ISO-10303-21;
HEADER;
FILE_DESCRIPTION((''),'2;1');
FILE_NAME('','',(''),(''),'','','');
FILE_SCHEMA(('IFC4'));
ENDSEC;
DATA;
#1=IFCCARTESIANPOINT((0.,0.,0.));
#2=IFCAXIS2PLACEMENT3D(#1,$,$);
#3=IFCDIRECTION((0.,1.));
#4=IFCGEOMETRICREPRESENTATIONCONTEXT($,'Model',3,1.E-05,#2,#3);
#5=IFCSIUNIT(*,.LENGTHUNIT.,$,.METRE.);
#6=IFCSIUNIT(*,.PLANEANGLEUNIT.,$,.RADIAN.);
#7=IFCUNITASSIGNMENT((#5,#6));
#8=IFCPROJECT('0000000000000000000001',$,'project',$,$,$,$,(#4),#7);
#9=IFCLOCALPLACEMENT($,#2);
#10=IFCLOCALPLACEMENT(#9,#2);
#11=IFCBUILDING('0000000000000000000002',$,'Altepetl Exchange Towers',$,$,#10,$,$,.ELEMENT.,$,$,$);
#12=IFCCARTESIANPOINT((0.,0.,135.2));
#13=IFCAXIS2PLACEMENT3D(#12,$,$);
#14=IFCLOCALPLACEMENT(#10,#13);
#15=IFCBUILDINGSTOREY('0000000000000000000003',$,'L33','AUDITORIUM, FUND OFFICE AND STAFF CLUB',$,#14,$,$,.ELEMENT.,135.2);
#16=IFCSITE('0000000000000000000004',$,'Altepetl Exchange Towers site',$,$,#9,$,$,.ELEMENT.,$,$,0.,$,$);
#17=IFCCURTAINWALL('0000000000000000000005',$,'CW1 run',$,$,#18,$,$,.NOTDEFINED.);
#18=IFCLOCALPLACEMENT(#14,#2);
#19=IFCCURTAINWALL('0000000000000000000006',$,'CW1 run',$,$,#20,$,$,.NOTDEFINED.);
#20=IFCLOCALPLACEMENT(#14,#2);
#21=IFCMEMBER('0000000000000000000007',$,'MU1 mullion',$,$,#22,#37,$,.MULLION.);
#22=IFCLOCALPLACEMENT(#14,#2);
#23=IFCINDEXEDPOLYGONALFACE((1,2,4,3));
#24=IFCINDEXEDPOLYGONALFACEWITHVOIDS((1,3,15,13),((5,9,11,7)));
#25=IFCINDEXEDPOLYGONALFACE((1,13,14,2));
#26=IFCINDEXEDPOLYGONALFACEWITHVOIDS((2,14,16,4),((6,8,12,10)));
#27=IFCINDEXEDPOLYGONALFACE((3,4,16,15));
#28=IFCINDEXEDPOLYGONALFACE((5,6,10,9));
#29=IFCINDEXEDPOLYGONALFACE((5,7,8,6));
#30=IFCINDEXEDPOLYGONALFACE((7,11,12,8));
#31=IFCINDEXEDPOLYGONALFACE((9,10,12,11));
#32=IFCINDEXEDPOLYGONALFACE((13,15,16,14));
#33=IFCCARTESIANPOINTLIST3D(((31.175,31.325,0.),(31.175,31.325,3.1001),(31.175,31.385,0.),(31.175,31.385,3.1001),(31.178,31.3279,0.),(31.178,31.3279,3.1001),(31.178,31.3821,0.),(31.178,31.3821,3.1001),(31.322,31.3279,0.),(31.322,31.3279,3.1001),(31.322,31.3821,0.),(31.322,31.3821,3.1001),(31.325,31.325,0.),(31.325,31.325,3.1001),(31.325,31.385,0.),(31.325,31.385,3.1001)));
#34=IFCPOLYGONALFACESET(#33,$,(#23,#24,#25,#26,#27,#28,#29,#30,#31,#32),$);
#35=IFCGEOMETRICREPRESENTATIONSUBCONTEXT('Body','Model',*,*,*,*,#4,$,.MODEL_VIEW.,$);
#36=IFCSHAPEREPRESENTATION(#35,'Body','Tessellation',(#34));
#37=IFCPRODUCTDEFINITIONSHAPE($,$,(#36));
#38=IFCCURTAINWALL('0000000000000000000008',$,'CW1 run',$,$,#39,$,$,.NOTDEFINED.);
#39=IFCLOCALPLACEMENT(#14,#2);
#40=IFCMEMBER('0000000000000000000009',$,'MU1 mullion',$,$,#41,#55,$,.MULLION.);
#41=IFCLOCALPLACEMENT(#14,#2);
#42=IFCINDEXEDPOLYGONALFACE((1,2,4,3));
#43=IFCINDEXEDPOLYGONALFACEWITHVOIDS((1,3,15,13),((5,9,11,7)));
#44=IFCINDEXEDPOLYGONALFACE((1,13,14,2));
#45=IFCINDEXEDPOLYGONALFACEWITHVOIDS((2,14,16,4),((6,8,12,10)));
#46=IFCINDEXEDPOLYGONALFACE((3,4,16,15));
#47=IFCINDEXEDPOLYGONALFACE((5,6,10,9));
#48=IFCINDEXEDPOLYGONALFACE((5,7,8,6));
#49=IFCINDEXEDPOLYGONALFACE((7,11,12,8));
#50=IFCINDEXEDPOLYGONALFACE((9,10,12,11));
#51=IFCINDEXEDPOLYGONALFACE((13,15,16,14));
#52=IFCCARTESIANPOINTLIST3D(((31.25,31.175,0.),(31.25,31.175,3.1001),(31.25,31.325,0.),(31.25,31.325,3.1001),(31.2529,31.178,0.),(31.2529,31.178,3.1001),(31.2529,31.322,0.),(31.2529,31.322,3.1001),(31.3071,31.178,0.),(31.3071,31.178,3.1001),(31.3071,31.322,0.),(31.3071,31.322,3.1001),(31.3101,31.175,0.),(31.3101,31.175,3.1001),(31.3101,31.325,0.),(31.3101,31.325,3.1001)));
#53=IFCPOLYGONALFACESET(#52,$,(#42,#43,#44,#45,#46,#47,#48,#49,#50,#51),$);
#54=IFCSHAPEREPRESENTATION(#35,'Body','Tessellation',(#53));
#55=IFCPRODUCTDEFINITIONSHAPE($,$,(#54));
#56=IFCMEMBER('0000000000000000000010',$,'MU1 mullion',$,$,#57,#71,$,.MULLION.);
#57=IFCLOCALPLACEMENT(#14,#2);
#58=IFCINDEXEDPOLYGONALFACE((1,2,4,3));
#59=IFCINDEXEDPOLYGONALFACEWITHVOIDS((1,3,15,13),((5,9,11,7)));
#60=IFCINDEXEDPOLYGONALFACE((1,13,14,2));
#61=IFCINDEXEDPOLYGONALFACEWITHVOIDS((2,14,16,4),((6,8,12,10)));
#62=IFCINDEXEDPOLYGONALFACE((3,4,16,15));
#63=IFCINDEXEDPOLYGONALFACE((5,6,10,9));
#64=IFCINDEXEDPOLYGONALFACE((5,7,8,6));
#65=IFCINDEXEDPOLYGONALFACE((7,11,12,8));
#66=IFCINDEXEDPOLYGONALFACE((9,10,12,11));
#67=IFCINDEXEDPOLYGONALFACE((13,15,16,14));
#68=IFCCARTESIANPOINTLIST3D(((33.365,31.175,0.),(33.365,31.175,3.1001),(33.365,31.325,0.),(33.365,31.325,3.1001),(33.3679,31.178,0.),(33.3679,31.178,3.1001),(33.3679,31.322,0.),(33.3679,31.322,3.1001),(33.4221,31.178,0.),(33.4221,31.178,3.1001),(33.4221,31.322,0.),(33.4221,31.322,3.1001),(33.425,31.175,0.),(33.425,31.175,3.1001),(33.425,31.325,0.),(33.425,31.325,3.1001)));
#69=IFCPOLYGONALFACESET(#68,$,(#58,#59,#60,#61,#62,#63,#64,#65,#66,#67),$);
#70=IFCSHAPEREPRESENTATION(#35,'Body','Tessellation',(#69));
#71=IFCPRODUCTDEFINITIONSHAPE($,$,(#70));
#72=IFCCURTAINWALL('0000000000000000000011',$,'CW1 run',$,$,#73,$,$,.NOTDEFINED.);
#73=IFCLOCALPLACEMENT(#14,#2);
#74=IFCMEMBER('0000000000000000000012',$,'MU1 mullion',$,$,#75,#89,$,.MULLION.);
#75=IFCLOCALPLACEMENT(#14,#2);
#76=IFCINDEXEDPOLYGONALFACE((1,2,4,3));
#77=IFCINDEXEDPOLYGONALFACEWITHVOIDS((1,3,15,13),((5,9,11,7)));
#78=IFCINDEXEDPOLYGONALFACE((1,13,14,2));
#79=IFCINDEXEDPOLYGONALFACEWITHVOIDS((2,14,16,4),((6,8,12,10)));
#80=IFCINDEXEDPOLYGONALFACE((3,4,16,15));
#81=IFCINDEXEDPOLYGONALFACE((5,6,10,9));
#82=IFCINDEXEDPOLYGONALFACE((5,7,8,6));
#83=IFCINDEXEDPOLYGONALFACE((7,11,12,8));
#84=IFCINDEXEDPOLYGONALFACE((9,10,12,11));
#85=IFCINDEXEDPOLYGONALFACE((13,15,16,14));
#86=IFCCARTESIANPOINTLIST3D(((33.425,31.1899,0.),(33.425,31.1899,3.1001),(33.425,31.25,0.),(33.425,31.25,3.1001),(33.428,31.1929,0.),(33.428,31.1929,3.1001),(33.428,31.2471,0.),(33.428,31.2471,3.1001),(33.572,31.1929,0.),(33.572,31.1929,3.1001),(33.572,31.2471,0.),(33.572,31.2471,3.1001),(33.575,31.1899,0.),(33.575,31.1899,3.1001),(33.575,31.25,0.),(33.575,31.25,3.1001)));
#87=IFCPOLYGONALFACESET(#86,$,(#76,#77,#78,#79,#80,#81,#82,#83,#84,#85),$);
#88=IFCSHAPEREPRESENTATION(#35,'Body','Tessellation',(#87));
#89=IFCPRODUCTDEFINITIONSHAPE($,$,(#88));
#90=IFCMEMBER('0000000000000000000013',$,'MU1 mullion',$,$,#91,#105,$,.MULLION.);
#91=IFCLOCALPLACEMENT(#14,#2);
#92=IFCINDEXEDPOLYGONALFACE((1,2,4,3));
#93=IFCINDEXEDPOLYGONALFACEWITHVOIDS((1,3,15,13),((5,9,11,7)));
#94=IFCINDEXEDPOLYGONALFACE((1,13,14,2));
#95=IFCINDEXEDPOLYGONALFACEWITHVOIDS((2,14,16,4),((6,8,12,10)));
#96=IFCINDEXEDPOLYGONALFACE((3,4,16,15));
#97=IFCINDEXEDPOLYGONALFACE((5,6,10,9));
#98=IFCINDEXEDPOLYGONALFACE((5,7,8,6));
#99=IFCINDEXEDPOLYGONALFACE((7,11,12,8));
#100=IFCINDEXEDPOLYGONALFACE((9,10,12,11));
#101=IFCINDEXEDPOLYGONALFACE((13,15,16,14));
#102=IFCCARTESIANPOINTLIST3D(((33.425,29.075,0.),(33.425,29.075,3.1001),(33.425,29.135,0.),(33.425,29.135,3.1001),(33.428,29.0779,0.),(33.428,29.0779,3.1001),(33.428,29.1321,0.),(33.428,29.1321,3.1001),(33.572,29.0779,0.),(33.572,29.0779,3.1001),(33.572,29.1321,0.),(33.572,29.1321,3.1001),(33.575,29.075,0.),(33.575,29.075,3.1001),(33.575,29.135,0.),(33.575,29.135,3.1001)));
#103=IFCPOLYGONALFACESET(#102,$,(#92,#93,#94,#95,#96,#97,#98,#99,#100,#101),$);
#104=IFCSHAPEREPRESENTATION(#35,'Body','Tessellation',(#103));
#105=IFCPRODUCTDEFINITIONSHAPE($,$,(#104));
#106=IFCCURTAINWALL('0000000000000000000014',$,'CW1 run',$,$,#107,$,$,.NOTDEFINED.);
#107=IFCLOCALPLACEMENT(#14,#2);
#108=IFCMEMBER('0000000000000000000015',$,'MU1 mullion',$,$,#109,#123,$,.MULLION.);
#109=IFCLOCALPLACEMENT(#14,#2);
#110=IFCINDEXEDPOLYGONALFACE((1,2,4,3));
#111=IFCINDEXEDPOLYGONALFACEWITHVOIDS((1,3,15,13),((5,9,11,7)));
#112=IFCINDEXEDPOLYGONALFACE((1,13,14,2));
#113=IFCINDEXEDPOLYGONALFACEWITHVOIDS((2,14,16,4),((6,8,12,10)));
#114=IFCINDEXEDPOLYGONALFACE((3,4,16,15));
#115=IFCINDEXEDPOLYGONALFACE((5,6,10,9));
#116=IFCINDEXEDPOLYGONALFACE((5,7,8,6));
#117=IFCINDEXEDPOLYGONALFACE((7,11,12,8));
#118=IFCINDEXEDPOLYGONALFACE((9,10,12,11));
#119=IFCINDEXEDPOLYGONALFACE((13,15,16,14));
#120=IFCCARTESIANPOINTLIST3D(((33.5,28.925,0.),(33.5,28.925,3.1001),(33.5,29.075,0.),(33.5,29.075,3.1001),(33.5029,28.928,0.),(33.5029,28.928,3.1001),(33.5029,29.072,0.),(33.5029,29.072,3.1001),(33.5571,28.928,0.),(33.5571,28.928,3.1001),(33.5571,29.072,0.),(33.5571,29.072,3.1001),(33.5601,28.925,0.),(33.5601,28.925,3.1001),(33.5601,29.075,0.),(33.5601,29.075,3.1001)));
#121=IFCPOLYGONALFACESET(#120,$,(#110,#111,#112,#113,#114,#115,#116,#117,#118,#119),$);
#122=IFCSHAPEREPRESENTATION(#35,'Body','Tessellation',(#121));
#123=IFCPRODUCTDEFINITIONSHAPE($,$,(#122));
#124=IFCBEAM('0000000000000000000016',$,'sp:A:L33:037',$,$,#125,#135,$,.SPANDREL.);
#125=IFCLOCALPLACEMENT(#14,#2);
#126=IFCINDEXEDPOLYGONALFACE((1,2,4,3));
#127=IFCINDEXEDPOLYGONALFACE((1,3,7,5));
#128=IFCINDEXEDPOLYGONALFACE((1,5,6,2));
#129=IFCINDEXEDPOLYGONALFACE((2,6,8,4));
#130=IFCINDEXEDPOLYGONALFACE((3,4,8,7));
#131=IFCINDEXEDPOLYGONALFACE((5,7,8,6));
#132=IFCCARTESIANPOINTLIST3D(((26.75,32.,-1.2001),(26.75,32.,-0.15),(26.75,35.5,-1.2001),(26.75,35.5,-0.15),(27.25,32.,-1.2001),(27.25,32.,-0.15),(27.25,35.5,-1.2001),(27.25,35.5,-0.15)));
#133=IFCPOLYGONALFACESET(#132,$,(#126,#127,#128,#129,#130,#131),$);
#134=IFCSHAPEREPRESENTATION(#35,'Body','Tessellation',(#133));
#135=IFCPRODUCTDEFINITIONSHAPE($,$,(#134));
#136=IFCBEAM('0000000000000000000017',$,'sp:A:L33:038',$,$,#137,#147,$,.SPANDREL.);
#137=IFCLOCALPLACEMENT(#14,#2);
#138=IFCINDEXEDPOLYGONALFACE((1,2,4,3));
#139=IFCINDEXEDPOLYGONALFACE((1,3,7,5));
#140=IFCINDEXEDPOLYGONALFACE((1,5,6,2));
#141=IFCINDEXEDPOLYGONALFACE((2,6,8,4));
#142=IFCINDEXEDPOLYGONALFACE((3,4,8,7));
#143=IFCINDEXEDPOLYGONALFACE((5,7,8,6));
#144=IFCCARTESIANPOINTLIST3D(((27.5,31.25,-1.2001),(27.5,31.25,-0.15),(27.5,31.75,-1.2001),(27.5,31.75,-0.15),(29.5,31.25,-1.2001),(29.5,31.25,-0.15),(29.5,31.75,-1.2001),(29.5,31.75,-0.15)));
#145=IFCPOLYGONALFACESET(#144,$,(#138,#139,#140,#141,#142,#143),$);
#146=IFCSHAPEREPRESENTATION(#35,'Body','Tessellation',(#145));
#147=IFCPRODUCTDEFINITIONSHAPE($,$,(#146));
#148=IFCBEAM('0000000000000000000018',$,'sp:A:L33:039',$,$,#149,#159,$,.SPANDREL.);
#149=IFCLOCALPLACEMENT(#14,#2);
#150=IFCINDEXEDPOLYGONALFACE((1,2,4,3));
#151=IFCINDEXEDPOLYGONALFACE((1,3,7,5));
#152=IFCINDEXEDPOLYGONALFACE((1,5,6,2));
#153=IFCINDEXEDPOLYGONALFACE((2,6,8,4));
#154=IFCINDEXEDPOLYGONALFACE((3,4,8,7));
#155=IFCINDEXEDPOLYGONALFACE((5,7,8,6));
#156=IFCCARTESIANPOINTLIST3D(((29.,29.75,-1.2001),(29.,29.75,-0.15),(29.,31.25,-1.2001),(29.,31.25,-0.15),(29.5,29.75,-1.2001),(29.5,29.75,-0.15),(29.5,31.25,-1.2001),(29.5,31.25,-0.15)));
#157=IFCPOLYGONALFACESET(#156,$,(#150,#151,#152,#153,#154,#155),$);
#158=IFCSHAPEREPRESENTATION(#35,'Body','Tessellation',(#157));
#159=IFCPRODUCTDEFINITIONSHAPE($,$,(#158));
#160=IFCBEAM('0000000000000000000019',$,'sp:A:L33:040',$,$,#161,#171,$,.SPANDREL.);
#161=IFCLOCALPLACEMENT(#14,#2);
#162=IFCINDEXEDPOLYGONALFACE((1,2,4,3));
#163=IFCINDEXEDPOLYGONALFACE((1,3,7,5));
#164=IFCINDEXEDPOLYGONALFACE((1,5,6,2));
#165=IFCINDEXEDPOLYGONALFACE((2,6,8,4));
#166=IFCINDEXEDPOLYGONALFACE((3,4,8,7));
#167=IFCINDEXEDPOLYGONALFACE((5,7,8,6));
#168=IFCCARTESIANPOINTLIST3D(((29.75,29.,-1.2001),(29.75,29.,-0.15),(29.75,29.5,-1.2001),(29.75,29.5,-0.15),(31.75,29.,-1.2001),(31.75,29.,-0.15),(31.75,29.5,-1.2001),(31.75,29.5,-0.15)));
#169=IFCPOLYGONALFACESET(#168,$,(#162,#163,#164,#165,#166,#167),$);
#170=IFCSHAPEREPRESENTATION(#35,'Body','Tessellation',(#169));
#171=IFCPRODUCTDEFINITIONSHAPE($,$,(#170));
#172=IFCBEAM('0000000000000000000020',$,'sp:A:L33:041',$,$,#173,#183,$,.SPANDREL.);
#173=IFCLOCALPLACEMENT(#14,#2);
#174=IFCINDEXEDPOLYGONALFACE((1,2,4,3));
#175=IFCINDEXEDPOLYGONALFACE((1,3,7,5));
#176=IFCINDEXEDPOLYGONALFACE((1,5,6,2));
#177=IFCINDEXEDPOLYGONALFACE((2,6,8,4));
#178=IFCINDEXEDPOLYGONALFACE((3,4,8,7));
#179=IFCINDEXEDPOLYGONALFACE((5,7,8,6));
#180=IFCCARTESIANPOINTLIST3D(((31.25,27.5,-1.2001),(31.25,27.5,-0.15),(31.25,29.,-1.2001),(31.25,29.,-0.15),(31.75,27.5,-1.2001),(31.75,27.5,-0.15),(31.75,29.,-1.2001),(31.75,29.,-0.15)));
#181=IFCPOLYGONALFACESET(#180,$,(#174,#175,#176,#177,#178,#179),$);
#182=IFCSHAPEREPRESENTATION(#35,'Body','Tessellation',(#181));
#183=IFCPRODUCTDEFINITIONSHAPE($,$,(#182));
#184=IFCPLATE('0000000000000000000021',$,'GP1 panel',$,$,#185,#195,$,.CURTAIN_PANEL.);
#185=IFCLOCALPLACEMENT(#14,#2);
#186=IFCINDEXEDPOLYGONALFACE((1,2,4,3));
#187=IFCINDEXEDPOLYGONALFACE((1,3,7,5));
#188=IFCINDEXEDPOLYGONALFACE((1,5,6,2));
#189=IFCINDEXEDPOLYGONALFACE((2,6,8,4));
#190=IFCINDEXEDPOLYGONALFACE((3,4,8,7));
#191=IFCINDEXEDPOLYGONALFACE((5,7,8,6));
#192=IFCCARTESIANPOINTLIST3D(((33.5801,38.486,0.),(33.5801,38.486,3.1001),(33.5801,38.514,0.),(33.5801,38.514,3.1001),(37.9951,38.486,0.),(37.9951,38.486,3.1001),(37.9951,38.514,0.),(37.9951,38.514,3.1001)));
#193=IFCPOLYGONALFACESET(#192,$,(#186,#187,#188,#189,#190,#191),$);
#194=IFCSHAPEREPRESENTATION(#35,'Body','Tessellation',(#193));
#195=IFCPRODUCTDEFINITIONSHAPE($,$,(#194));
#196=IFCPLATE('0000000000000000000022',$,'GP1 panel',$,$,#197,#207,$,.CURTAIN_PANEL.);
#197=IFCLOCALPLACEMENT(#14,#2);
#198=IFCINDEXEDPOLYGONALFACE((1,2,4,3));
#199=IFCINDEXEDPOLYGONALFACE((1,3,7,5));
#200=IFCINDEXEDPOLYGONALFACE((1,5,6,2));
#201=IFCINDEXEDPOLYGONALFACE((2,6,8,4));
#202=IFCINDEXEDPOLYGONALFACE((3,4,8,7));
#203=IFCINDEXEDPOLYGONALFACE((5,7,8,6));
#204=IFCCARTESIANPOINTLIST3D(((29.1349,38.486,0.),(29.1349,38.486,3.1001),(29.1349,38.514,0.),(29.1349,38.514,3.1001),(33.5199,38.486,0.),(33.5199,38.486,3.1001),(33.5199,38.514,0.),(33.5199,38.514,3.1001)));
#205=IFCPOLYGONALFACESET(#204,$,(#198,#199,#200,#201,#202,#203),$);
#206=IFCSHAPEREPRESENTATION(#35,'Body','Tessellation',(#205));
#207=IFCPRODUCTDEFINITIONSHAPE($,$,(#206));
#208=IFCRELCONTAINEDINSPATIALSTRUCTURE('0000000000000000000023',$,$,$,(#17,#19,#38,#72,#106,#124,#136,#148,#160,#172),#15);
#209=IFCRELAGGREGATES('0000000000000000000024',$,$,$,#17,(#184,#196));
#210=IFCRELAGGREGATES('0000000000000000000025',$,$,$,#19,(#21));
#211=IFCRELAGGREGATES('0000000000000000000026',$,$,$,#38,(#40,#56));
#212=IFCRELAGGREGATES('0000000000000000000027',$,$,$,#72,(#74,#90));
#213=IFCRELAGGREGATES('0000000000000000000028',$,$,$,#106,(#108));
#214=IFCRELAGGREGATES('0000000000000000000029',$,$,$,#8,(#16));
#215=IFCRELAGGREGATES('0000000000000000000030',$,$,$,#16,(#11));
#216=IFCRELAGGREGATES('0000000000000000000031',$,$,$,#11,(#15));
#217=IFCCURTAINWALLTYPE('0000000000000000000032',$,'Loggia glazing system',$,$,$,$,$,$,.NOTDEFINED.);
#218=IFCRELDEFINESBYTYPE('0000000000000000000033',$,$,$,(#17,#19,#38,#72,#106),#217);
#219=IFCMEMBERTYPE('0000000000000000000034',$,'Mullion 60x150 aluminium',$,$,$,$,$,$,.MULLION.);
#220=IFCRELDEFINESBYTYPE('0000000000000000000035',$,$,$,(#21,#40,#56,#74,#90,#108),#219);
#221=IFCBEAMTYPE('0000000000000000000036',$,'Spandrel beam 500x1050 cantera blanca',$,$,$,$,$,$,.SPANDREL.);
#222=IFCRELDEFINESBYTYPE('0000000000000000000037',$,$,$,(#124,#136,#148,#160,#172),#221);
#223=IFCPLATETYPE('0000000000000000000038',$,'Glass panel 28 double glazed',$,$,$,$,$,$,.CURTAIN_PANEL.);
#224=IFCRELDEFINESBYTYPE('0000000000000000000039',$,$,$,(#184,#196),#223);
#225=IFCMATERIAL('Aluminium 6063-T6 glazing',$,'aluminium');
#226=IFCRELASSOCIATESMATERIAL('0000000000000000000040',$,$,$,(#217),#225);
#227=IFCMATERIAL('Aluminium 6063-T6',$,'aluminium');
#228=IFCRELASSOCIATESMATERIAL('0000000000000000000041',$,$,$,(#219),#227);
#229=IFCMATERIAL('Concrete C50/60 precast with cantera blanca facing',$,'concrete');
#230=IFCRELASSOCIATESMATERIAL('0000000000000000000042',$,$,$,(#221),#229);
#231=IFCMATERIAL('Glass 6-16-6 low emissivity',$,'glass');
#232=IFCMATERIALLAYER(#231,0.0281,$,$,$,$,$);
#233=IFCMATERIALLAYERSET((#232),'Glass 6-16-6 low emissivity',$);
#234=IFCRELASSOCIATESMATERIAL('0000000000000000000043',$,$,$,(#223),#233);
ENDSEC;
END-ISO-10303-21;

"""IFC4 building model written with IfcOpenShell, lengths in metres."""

from ifc_helpers import new_model, si_unit, direction, frame, origin, origin_2d, place, context, subcontext, project, spatial, rectangle, hollow_rectangle, extrude, material, layer, layer_set, material_profile, profile_set, type_object, element, aggregate, save


model = new_model("IFC4")

# Units and contexts
model_context = context("Model", 3, precision=1e-05, world=origin(), true_north=direction((0.0, 1.0)))
body_context = subcontext(model_context, "Body", "Model", "MODEL_VIEW")
ifc_project = project(units=[si_unit("LENGTHUNIT", "METRE"), si_unit("PLANEANGLEUNIT", "RADIAN")], contexts=[model_context])

# Site, building, storey
site_placement = place(None, origin())
site = spatial("IfcSite", under=ifc_project, at=site_placement, Name="Altepetl Exchange Towers site", CompositionType="ELEMENT", RefElevation=0.0)
building_placement = place(site_placement, origin())
building = spatial("IfcBuilding", under=site, at=building_placement, Name="Altepetl Exchange Towers", CompositionType="ELEMENT")
storey_placement = place(building_placement, frame((0.0, 0.0, 135.2)))
storey = spatial("IfcBuildingStorey", under=building, at=storey_placement, Name="L33", Description="AUDITORIUM, FUND OFFICE AND STAFF CLUB", CompositionType="ELEMENT", Elevation=135.2)

# Curtain walls, members
ifc_material_1 = material(Name="Aluminium 6063-T6 glazing", Category="aluminium")
curtain_wall_type = type_object("IfcCurtainWallType", Name="Loggia glazing system", PredefinedType="NOTDEFINED", material=ifc_material_1)
curtain_wall_1_placement = place(storey_placement, origin())
curtain_wall_1 = element("IfcCurtainWall", 1, at=curtain_wall_1_placement, inside=storey, type_object=curtain_wall_type, Name="CW1 run", PredefinedType="NOTDEFINED")
ifc_material_2 = material(Name="Aluminium 6063-T6", Category="aluminium")
ifc_material_profile_1 = material_profile(ifc_material_2, hollow_rectangle(XDim=0.0601, YDim=0.1499, WallThickness=0.0029, at=origin_2d()), Name="Mullion 60x150 aluminium")
ifc_profile_set_1 = profile_set([ifc_material_profile_1], Name="Aluminium 6063-T6")
member_type = type_object("IfcMemberType", Name="Mullion 60x150 aluminium", PredefinedType="MULLION", material=ifc_profile_set_1)
curtain_wall_2_placement = place(storey_placement, origin())
curtain_wall_2 = element("IfcCurtainWall", 2, at=curtain_wall_2_placement, inside=storey, type_object=curtain_wall_type, Name="CW1 run", PredefinedType="NOTDEFINED")
member_1_placement = place(storey_placement, frame((31.25, 31.355, 0.0), z_axis=(0.0, 0.0, 1.0), x_axis=(0.0, -1.0, 0.0)))
member_1 = element("IfcMember", 3, at=member_1_placement, type_object=member_type, Name="MU1 mullion", PredefinedType="MULLION", context=body_context, shape_type="SweptSolid", body=[
    extrude(hollow_rectangle(XDim=0.0601, YDim=0.1499, WallThickness=0.0029, at=origin_2d()), origin(), (0.0, 0.0, 1.0), 3.1001),
])
curtain_wall_3_placement = place(storey_placement, origin())
curtain_wall_3 = element("IfcCurtainWall", 4, at=curtain_wall_3_placement, inside=storey, type_object=curtain_wall_type, Name="CW1 run", PredefinedType="NOTDEFINED")
member_2_placement = place(storey_placement, frame((31.28, 31.25, 0.0)))
member_2 = element("IfcMember", 5, at=member_2_placement, type_object=member_type, Name="MU1 mullion", PredefinedType="MULLION", context=body_context, shape_type="SweptSolid", body=[
    extrude(hollow_rectangle(XDim=0.0601, YDim=0.1499, WallThickness=0.0029, at=origin_2d()), origin(), (0.0, 0.0, 1.0), 3.1001),
])
member_3_placement = place(storey_placement, frame((33.395, 31.25, 0.0)))
member_3 = element("IfcMember", 6, at=member_3_placement, type_object=member_type, Name="MU1 mullion", PredefinedType="MULLION", context=body_context, shape_type="SweptSolid", body=[
    extrude(hollow_rectangle(XDim=0.0601, YDim=0.1499, WallThickness=0.0029, at=origin_2d()), origin(), (0.0, 0.0, 1.0), 3.1001),
])
curtain_wall_4_placement = place(storey_placement, origin())
curtain_wall_4 = element("IfcCurtainWall", 7, at=curtain_wall_4_placement, inside=storey, type_object=curtain_wall_type, Name="CW1 run", PredefinedType="NOTDEFINED")
member_4_placement = place(storey_placement, frame((33.5, 31.22, 0.0), z_axis=(0.0, 0.0, 1.0), x_axis=(0.0, -1.0, 0.0)))
member_4 = element("IfcMember", 8, at=member_4_placement, type_object=member_type, Name="MU1 mullion", PredefinedType="MULLION", context=body_context, shape_type="SweptSolid", body=[
    extrude(hollow_rectangle(XDim=0.0601, YDim=0.1499, WallThickness=0.0029, at=origin_2d()), origin(), (0.0, 0.0, 1.0), 3.1001),
])
member_5_placement = place(storey_placement, frame((33.5, 29.105, 0.0), z_axis=(0.0, 0.0, 1.0), x_axis=(0.0, -1.0, 0.0)))
member_5 = element("IfcMember", 9, at=member_5_placement, type_object=member_type, Name="MU1 mullion", PredefinedType="MULLION", context=body_context, shape_type="SweptSolid", body=[
    extrude(hollow_rectangle(XDim=0.0601, YDim=0.1499, WallThickness=0.0029, at=origin_2d()), origin(), (0.0, 0.0, 1.0), 3.1001),
])

# Curtain wall, member
curtain_wall_5_placement = place(storey_placement, origin())
curtain_wall_5 = element("IfcCurtainWall", 10, at=curtain_wall_5_placement, inside=storey, type_object=curtain_wall_type, Name="CW1 run", PredefinedType="NOTDEFINED")
member_6_placement = place(storey_placement, frame((33.53, 29.0, 0.0)))
member_6 = element("IfcMember", 11, at=member_6_placement, type_object=member_type, Name="MU1 mullion", PredefinedType="MULLION", context=body_context, shape_type="SweptSolid", body=[
    extrude(hollow_rectangle(XDim=0.0601, YDim=0.1499, WallThickness=0.0029, at=origin_2d()), origin(), (0.0, 0.0, 1.0), 3.1001),
])

# Beams
ifc_material_3 = material(Name="Concrete C50/60 precast with cantera blanca facing", Category="concrete")
ifc_material_profile_2 = material_profile(ifc_material_3, rectangle(XDim=0.5, YDim=1.05, at=origin_2d()), Name="500 x 1050")
ifc_profile_set_2 = profile_set([ifc_material_profile_2], Name="Concrete C50/60 precast with cantera blanca facing")
beam_type_1 = type_object("IfcBeamType", Name="Spandrel beam 500x1050 cantera blanca", PredefinedType="SPANDREL", material=ifc_profile_set_2)
beam_1_placement = place(storey_placement, frame((27.0, 35.5, -0.675), z_axis=(0.0, -1.0, 0.0), x_axis=(1.0, 0.0, 0.0)))
element("IfcBeam", 12, at=beam_1_placement, inside=storey, type_object=beam_type_1, Name="sp:A:L33:037", PredefinedType="SPANDREL", context=body_context, shape_type="SweptSolid", body=[
    extrude(rectangle(XDim=0.5, YDim=1.05, at=origin_2d()), origin(), (0.0, 0.0, 1.0), 3.5),
])
beam_2_placement = place(storey_placement, frame((27.5, 31.5, -0.675), z_axis=(1.0, 0.0, 0.0), x_axis=(0.0, 1.0, 0.0)))
element("IfcBeam", 13, at=beam_2_placement, inside=storey, type_object=beam_type_1, Name="sp:A:L33:038", PredefinedType="SPANDREL", context=body_context, shape_type="SweptSolid", body=[
    extrude(rectangle(XDim=0.5, YDim=1.05, at=origin_2d()), origin(), (0.0, 0.0, 1.0), 2.0),
])
beam_3_placement = place(storey_placement, frame((29.25, 31.25, -0.675), z_axis=(0.0, -1.0, 0.0), x_axis=(1.0, 0.0, 0.0)))
element("IfcBeam", 14, at=beam_3_placement, inside=storey, type_object=beam_type_1, Name="sp:A:L33:039", PredefinedType="SPANDREL", context=body_context, shape_type="SweptSolid", body=[
    extrude(rectangle(XDim=0.5, YDim=1.05, at=origin_2d()), origin(), (0.0, 0.0, 1.0), 1.5),
])
beam_4_placement = place(storey_placement, frame((29.75, 29.25, -0.675), z_axis=(1.0, 0.0, 0.0), x_axis=(0.0, 1.0, 0.0)))
element("IfcBeam", 15, at=beam_4_placement, inside=storey, type_object=beam_type_1, Name="sp:A:L33:040", PredefinedType="SPANDREL", context=body_context, shape_type="SweptSolid", body=[
    extrude(rectangle(XDim=0.5, YDim=1.05, at=origin_2d()), origin(), (0.0, 0.0, 1.0), 2.0),
])
beam_5_placement = place(storey_placement, frame((31.5, 29.0, -0.675), z_axis=(0.0, -1.0, 0.0), x_axis=(1.0, 0.0, 0.0)))
element("IfcBeam", 16, at=beam_5_placement, inside=storey, type_object=beam_type_1, Name="sp:A:L33:041", PredefinedType="SPANDREL", context=body_context, shape_type="SweptSolid", body=[
    extrude(rectangle(XDim=0.5, YDim=1.05, at=origin_2d()), origin(), (0.0, 0.0, 1.0), 1.5),
])

# Plates
ifc_material_4 = material(Name="Glass 6-16-6 low emissivity", Category="glass")
ifc_layer = layer(ifc_material_4, 0.0281)
ifc_layer_set = layer_set([ifc_layer], Name="Glass 6-16-6 low emissivity")
plate_type = type_object("IfcPlateType", Name="Glass panel 28 double glazed", PredefinedType="CURTAIN_PANEL", material=ifc_layer_set)
plate_1_placement = place(storey_placement, frame((35.7876, 38.5, 0.0), z_axis=(0.0, 0.0, 1.0), x_axis=(-1.0, 0.0, 0.0)))
plate_1 = element("IfcPlate", 17, at=plate_1_placement, type_object=plate_type, Name="GP1 panel", PredefinedType="CURTAIN_PANEL", context=body_context, shape_type="SweptSolid", body=[
    extrude(rectangle(XDim=4.415, YDim=0.0281, at=origin_2d()), origin(), (0.0, 0.0, 1.0), 3.1001),
])
plate_2_placement = place(storey_placement, frame((31.3274, 38.5, 0.0), z_axis=(0.0, 0.0, 1.0), x_axis=(-1.0, 0.0, 0.0)))
plate_2 = element("IfcPlate", 18, at=plate_2_placement, type_object=plate_type, Name="GP1 panel", PredefinedType="CURTAIN_PANEL", context=body_context, shape_type="SweptSolid", body=[
    extrude(rectangle(XDim=4.385, YDim=0.0281, at=origin_2d()), origin(), (0.0, 0.0, 1.0), 3.1001),
])
aggregate(curtain_wall_1, [plate_1, plate_2])
aggregate(curtain_wall_2, [member_1])
aggregate(curtain_wall_3, [member_2, member_3])
aggregate(curtain_wall_4, [member_4, member_5])
aggregate(curtain_wall_5, [member_6])

save(model, "model.ifc")
